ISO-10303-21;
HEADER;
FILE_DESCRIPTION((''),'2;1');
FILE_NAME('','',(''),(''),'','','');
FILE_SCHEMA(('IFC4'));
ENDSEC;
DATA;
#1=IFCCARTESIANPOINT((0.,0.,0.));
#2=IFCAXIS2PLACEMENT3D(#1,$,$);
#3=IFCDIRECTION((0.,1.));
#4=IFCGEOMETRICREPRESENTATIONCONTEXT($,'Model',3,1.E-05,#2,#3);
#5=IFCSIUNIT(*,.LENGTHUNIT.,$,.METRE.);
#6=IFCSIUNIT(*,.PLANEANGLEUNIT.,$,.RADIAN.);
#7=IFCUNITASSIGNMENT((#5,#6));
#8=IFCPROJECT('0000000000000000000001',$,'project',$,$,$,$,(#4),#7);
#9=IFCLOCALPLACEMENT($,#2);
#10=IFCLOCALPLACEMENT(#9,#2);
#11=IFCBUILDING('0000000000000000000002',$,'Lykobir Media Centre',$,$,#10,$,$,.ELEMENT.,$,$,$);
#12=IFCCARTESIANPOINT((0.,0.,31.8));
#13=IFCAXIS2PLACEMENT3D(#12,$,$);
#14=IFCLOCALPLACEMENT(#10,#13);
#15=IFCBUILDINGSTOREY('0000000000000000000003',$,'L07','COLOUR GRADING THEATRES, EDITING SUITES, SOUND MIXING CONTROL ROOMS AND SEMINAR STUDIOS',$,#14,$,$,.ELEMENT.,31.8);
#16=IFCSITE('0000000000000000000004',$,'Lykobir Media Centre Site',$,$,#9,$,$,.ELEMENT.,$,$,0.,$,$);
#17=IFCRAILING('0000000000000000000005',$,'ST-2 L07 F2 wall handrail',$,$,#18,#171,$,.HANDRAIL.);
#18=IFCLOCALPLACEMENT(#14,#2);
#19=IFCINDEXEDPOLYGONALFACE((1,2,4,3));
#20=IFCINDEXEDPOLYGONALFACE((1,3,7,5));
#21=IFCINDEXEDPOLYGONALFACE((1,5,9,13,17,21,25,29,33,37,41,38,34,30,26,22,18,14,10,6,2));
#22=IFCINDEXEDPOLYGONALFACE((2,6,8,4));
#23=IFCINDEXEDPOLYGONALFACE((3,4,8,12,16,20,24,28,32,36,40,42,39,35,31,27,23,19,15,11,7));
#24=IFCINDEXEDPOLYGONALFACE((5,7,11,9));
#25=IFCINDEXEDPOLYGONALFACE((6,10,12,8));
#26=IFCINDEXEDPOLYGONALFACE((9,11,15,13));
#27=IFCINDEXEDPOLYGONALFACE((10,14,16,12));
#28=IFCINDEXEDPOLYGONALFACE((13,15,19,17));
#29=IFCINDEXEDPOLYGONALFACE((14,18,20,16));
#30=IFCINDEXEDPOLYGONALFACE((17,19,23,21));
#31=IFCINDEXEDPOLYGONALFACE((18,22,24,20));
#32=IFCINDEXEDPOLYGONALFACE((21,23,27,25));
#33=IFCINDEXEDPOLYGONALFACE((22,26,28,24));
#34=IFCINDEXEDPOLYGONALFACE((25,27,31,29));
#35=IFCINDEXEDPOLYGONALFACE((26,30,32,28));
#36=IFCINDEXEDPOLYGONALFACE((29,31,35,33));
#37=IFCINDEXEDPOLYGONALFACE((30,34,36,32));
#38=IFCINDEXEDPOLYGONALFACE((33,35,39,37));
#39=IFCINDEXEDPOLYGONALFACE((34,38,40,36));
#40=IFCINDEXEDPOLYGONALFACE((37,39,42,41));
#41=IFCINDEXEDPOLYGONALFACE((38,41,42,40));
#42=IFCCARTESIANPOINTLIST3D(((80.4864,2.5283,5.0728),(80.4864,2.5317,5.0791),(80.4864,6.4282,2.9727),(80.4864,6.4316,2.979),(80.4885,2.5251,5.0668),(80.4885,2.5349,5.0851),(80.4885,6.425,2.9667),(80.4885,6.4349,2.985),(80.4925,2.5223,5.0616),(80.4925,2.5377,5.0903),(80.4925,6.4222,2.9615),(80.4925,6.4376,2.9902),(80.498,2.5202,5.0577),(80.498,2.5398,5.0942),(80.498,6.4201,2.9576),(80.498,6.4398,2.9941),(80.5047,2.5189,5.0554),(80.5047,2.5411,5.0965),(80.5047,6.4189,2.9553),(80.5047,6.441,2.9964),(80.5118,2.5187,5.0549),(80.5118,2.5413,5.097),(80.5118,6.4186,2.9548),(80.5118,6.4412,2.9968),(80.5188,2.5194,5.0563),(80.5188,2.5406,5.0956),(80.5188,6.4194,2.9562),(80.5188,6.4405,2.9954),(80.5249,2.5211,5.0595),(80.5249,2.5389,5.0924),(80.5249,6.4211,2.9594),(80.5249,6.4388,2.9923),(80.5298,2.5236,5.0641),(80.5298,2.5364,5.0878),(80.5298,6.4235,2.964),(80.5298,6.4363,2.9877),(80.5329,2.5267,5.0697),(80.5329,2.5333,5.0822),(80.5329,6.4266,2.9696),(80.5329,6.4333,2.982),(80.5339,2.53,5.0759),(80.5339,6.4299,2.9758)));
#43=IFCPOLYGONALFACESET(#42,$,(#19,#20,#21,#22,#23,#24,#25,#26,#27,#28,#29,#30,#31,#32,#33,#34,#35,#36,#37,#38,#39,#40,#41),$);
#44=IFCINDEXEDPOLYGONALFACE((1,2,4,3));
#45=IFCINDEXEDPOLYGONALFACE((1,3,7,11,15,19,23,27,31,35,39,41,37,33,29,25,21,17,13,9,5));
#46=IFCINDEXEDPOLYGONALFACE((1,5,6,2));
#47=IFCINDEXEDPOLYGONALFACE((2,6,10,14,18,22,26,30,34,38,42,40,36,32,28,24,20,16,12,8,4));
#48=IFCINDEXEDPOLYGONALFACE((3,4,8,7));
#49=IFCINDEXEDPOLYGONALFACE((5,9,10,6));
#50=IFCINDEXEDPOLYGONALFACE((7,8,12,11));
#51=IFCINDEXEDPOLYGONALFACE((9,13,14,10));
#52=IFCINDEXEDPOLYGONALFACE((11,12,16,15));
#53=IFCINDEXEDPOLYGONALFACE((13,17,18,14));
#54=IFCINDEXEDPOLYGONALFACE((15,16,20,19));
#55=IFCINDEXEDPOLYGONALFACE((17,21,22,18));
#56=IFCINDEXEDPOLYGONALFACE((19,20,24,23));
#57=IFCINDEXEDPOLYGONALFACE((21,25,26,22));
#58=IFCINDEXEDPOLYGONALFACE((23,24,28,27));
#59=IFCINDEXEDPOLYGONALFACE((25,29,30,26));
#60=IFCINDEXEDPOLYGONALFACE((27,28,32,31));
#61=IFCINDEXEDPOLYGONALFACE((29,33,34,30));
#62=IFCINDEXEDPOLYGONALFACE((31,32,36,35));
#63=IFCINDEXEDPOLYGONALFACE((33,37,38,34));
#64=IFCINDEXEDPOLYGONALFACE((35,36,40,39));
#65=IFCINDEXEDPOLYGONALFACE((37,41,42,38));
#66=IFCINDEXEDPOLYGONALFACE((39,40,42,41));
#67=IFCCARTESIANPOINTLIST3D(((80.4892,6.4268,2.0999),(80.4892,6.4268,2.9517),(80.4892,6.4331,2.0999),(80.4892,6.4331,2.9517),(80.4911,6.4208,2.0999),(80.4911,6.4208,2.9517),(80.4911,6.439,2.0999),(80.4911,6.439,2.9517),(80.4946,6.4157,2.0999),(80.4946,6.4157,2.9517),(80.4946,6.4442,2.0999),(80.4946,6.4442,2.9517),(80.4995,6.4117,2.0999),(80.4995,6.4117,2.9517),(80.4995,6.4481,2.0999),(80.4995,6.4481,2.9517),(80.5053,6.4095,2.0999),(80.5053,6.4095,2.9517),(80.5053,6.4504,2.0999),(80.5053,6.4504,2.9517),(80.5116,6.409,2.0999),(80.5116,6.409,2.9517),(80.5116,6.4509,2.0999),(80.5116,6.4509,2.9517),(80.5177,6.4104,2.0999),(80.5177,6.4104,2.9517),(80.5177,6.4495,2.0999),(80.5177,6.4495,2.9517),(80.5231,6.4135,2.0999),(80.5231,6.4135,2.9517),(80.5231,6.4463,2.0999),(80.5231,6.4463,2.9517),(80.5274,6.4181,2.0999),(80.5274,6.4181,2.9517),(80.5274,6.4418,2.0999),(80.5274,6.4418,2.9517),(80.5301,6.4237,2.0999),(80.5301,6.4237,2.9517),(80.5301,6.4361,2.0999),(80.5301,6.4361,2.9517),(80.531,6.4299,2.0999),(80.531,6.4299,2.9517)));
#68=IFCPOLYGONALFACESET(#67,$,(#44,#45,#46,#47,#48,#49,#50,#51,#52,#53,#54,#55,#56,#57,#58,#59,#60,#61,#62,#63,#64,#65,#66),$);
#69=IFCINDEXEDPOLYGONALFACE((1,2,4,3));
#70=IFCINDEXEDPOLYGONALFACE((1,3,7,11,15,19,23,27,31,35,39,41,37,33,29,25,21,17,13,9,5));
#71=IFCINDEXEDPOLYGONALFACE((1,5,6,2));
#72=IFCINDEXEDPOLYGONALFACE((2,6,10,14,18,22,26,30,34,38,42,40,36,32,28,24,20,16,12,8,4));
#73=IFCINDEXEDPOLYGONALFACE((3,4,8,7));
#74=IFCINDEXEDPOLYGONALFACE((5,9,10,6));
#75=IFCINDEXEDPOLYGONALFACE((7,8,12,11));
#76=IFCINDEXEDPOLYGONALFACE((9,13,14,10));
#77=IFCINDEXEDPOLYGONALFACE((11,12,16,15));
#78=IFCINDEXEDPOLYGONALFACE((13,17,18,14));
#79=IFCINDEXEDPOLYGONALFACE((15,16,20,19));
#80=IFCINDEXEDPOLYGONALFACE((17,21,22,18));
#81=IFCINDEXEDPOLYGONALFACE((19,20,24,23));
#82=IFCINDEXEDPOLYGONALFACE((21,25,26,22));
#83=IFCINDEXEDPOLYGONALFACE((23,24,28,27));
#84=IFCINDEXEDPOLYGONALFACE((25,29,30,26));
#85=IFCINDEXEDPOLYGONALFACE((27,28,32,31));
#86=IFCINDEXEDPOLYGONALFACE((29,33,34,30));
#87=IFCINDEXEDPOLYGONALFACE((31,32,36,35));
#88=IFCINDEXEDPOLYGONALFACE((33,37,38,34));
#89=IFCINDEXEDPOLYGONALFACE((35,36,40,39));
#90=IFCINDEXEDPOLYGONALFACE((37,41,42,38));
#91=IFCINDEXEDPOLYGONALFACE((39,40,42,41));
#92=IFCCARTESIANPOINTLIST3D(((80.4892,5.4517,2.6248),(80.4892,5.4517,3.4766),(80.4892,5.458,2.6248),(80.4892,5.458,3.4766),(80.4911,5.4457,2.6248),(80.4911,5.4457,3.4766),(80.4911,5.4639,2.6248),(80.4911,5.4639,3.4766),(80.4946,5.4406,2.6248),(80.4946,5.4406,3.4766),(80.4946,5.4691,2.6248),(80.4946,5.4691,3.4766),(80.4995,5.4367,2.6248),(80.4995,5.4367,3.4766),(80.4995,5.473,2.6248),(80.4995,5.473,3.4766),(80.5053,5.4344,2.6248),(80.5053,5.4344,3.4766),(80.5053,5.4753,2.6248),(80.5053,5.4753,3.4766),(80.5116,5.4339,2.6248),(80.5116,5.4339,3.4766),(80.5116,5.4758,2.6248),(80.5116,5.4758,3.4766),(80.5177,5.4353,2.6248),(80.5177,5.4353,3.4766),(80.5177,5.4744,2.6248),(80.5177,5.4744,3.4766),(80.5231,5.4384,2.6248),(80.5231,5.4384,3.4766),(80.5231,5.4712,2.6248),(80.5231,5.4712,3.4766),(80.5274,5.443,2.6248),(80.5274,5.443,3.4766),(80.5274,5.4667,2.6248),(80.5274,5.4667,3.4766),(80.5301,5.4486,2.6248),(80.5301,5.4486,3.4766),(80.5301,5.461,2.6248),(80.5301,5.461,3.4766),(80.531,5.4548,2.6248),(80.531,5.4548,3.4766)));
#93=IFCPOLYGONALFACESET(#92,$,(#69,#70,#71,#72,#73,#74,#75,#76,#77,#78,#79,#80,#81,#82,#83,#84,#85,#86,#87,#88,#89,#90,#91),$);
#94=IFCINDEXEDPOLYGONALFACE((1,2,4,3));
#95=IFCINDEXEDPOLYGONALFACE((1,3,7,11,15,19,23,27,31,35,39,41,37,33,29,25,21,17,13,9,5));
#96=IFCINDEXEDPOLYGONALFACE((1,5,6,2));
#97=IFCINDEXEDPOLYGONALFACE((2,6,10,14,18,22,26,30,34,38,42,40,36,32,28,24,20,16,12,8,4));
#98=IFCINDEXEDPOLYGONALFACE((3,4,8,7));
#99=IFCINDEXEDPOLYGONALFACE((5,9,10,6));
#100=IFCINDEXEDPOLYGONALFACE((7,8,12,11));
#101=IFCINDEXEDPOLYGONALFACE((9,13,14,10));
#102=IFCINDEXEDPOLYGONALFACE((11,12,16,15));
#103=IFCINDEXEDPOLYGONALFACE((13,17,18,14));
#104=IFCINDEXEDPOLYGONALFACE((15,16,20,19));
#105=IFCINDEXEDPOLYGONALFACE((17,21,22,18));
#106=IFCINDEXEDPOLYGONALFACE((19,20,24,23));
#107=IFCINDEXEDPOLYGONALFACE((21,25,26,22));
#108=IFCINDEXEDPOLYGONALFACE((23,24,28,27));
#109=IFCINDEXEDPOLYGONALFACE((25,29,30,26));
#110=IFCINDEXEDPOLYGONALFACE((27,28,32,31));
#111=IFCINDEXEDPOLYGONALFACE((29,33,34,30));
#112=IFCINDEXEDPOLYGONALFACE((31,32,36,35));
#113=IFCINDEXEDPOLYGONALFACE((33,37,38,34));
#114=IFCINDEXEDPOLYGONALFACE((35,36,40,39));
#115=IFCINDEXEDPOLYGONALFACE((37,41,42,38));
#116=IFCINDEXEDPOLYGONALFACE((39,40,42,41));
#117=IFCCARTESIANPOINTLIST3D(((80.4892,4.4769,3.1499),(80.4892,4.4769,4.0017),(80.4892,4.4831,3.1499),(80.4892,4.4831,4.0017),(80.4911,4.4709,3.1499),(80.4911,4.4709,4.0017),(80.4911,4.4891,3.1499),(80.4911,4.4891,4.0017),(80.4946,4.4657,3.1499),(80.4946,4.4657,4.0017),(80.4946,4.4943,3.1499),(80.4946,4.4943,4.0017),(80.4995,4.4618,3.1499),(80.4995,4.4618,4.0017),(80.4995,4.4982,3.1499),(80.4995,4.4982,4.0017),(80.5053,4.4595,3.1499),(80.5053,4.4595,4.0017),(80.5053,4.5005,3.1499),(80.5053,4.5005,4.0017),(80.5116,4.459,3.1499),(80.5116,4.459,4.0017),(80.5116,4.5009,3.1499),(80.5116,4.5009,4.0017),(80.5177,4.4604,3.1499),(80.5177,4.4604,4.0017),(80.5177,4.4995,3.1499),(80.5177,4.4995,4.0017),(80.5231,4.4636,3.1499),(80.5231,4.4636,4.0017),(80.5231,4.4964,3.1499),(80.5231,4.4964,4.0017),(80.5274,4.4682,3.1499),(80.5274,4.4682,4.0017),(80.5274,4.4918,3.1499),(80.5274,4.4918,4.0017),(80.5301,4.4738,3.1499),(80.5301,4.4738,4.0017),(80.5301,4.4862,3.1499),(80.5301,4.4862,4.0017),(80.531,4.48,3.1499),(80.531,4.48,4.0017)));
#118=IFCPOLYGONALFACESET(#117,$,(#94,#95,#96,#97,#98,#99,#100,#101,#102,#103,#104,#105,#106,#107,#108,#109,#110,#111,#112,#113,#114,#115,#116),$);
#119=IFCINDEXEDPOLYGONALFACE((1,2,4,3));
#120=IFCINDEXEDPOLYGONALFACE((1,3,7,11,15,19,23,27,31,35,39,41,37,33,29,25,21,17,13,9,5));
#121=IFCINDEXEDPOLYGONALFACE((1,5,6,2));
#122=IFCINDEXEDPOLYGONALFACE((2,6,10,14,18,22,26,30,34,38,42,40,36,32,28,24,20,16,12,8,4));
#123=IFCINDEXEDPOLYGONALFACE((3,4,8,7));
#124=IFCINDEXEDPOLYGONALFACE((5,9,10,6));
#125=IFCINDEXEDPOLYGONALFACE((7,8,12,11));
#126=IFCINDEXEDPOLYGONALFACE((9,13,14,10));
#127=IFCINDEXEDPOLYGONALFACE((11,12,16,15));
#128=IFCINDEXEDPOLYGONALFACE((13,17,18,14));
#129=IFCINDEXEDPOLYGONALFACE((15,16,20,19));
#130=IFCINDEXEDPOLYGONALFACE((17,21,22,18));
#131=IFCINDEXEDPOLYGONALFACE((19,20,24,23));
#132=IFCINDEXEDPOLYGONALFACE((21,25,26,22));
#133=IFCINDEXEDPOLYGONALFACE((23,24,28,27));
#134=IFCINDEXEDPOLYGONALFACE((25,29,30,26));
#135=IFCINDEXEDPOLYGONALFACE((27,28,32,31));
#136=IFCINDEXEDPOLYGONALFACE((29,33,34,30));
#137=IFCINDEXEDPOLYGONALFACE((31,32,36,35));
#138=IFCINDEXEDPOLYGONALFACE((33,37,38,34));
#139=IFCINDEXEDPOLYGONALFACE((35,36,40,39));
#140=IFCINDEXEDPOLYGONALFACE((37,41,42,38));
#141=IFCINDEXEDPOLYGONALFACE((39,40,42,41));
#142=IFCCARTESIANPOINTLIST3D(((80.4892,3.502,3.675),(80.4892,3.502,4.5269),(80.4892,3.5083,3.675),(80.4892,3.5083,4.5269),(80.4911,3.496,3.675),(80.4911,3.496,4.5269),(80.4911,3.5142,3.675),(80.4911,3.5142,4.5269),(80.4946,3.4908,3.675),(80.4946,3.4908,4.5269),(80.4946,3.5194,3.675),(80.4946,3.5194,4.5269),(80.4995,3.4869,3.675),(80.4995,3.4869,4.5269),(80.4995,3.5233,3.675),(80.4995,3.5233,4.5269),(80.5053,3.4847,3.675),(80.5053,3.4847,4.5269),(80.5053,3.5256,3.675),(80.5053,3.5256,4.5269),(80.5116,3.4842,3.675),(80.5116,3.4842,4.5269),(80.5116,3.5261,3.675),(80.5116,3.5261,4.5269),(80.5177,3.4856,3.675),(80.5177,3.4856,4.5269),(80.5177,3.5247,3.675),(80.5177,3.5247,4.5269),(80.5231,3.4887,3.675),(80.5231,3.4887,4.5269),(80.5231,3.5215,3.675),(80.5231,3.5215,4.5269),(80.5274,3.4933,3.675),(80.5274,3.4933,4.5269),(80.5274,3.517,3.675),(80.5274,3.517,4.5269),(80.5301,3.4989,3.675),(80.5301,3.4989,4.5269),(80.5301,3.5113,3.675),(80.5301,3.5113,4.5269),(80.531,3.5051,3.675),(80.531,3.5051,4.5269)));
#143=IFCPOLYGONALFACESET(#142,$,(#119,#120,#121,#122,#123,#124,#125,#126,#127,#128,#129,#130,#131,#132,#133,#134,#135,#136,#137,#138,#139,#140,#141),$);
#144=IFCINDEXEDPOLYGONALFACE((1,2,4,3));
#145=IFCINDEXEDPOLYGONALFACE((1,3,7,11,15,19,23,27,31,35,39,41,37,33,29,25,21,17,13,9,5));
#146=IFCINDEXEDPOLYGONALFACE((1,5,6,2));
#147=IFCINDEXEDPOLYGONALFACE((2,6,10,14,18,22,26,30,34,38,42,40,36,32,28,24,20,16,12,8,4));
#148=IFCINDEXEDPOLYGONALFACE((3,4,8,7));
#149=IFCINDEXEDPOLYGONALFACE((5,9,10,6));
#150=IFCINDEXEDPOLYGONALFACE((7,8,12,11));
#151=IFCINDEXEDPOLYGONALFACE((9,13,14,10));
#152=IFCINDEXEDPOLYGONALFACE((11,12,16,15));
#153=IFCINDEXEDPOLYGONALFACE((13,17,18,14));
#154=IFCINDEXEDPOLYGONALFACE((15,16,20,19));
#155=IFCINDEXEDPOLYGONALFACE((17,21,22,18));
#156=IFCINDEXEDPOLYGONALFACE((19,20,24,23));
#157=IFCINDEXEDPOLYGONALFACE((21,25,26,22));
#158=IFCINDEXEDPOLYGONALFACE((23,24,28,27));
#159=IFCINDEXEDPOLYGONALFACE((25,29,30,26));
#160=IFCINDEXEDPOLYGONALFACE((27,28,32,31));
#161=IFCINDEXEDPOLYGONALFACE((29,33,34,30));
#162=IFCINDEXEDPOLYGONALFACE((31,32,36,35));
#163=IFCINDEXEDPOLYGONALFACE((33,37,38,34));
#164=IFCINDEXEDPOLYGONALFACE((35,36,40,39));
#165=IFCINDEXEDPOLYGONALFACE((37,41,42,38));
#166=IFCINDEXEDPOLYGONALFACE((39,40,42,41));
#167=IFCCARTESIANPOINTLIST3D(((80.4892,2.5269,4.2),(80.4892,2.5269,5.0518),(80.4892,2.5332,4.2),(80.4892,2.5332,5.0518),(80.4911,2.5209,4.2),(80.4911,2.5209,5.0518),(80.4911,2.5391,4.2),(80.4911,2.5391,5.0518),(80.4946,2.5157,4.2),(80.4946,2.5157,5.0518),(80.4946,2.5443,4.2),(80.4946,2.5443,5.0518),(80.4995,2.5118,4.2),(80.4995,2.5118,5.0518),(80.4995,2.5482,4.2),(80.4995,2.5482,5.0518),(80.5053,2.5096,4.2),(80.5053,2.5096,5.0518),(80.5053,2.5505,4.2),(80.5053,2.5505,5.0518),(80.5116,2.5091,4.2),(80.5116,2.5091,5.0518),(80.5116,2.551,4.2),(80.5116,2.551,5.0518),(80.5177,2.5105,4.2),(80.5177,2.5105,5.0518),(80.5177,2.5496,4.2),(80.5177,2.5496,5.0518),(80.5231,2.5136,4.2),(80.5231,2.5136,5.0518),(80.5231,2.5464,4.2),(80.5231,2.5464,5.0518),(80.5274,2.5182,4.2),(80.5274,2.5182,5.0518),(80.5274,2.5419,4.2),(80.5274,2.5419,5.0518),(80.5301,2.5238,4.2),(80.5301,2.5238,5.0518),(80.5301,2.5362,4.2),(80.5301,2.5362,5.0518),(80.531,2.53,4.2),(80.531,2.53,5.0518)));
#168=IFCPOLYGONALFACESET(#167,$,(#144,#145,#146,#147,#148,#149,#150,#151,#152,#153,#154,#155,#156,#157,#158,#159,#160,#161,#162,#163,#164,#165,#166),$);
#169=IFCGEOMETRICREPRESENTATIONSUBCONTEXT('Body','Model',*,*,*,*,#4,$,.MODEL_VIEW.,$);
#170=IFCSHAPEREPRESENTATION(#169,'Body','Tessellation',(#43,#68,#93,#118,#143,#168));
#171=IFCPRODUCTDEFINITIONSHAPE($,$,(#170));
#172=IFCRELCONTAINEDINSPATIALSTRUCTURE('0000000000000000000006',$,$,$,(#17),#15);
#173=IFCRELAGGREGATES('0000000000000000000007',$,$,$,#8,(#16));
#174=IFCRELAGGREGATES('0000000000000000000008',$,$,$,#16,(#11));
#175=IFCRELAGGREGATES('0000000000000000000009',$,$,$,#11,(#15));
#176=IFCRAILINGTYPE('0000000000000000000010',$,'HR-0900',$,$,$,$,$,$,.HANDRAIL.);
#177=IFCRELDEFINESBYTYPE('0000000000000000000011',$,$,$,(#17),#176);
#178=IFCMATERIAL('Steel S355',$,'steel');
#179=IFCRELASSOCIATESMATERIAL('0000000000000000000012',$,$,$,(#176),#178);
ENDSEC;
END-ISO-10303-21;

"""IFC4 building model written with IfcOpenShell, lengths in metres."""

from ifc_helpers import new_model, si_unit, direction, frame, origin, origin_2d, place, context, subcontext, project, spatial, circle, extrude, material, type_object, element, save


model = new_model("IFC4")

# Units and contexts
model_context = context("Model", 3, precision=1e-05, world=origin(), true_north=direction((0.0, 1.0)))
body_context = subcontext(model_context, "Body", "Model", "MODEL_VIEW")
ifc_project = project(units=[si_unit("LENGTHUNIT", "METRE"), si_unit("PLANEANGLEUNIT", "RADIAN")], contexts=[model_context])

# Site, building, storey
site_placement = place(None, origin())
site = spatial("IfcSite", under=ifc_project, at=site_placement, Name="Lykobir Media Centre Site", CompositionType="ELEMENT", RefElevation=0.0)
building_placement = place(site_placement, origin())
building = spatial("IfcBuilding", under=site, at=building_placement, Name="Lykobir Media Centre", CompositionType="ELEMENT")
storey_placement = place(building_placement, frame((0.0, 0.0, 31.8)))
storey = spatial("IfcBuildingStorey", under=building, at=storey_placement, Name="L07", Description="COLOUR GRADING THEATRES, EDITING SUITES, SOUND MIXING CONTROL ROOMS AND SEMINAR STUDIOS", CompositionType="ELEMENT", Elevation=31.8)

# Shared definitions
ifc_material_1 = material(Name="Steel S355", Category="steel")

# Railing
railing_type_1 = type_object("IfcRailingType", Name="HR-0900", PredefinedType="HANDRAIL", material=ifc_material_1)
railing_1_placement = place(storey_placement, frame((80.51, 6.4299, 2.0999)))
element("IfcRailing", 1, at=railing_1_placement, inside=storey, type_object=railing_type_1, Name="ST-2 L07 F2 wall handrail", PredefinedType="HANDRAIL", context=body_context, shape_type="SweptSolid", body=[
    extrude(circle(Radius=0.0239, at=origin_2d()), frame((0.0, 0.0, 0.876), z_axis=(0.0, -0.880457, 0.474126), x_axis=(1.0, 0.0, 0.0)), (0.0, 0.0, 1.0), 4.4294),
    extrude(circle(Radius=0.021, at=origin_2d()), origin(), (0.0, 0.0, 1.0), 0.8518),
    extrude(circle(Radius=0.021, at=origin_2d()), frame((0.0, -0.9751, 0.5249)), (0.0, 0.0, 1.0), 0.8518),
    extrude(circle(Radius=0.021, at=origin_2d()), frame((0.0, -1.95, 1.05)), (0.0, 0.0, 1.0), 0.8518),
    extrude(circle(Radius=0.021, at=origin_2d()), frame((0.0, -2.9248, 1.5752)), (0.0, 0.0, 1.0), 0.8518),
    extrude(circle(Radius=0.021, at=origin_2d()), frame((0.0, -3.8999, 2.1001)), (0.0, 0.0, 1.0), 0.8518),
])

save(model, "model.ifc")
